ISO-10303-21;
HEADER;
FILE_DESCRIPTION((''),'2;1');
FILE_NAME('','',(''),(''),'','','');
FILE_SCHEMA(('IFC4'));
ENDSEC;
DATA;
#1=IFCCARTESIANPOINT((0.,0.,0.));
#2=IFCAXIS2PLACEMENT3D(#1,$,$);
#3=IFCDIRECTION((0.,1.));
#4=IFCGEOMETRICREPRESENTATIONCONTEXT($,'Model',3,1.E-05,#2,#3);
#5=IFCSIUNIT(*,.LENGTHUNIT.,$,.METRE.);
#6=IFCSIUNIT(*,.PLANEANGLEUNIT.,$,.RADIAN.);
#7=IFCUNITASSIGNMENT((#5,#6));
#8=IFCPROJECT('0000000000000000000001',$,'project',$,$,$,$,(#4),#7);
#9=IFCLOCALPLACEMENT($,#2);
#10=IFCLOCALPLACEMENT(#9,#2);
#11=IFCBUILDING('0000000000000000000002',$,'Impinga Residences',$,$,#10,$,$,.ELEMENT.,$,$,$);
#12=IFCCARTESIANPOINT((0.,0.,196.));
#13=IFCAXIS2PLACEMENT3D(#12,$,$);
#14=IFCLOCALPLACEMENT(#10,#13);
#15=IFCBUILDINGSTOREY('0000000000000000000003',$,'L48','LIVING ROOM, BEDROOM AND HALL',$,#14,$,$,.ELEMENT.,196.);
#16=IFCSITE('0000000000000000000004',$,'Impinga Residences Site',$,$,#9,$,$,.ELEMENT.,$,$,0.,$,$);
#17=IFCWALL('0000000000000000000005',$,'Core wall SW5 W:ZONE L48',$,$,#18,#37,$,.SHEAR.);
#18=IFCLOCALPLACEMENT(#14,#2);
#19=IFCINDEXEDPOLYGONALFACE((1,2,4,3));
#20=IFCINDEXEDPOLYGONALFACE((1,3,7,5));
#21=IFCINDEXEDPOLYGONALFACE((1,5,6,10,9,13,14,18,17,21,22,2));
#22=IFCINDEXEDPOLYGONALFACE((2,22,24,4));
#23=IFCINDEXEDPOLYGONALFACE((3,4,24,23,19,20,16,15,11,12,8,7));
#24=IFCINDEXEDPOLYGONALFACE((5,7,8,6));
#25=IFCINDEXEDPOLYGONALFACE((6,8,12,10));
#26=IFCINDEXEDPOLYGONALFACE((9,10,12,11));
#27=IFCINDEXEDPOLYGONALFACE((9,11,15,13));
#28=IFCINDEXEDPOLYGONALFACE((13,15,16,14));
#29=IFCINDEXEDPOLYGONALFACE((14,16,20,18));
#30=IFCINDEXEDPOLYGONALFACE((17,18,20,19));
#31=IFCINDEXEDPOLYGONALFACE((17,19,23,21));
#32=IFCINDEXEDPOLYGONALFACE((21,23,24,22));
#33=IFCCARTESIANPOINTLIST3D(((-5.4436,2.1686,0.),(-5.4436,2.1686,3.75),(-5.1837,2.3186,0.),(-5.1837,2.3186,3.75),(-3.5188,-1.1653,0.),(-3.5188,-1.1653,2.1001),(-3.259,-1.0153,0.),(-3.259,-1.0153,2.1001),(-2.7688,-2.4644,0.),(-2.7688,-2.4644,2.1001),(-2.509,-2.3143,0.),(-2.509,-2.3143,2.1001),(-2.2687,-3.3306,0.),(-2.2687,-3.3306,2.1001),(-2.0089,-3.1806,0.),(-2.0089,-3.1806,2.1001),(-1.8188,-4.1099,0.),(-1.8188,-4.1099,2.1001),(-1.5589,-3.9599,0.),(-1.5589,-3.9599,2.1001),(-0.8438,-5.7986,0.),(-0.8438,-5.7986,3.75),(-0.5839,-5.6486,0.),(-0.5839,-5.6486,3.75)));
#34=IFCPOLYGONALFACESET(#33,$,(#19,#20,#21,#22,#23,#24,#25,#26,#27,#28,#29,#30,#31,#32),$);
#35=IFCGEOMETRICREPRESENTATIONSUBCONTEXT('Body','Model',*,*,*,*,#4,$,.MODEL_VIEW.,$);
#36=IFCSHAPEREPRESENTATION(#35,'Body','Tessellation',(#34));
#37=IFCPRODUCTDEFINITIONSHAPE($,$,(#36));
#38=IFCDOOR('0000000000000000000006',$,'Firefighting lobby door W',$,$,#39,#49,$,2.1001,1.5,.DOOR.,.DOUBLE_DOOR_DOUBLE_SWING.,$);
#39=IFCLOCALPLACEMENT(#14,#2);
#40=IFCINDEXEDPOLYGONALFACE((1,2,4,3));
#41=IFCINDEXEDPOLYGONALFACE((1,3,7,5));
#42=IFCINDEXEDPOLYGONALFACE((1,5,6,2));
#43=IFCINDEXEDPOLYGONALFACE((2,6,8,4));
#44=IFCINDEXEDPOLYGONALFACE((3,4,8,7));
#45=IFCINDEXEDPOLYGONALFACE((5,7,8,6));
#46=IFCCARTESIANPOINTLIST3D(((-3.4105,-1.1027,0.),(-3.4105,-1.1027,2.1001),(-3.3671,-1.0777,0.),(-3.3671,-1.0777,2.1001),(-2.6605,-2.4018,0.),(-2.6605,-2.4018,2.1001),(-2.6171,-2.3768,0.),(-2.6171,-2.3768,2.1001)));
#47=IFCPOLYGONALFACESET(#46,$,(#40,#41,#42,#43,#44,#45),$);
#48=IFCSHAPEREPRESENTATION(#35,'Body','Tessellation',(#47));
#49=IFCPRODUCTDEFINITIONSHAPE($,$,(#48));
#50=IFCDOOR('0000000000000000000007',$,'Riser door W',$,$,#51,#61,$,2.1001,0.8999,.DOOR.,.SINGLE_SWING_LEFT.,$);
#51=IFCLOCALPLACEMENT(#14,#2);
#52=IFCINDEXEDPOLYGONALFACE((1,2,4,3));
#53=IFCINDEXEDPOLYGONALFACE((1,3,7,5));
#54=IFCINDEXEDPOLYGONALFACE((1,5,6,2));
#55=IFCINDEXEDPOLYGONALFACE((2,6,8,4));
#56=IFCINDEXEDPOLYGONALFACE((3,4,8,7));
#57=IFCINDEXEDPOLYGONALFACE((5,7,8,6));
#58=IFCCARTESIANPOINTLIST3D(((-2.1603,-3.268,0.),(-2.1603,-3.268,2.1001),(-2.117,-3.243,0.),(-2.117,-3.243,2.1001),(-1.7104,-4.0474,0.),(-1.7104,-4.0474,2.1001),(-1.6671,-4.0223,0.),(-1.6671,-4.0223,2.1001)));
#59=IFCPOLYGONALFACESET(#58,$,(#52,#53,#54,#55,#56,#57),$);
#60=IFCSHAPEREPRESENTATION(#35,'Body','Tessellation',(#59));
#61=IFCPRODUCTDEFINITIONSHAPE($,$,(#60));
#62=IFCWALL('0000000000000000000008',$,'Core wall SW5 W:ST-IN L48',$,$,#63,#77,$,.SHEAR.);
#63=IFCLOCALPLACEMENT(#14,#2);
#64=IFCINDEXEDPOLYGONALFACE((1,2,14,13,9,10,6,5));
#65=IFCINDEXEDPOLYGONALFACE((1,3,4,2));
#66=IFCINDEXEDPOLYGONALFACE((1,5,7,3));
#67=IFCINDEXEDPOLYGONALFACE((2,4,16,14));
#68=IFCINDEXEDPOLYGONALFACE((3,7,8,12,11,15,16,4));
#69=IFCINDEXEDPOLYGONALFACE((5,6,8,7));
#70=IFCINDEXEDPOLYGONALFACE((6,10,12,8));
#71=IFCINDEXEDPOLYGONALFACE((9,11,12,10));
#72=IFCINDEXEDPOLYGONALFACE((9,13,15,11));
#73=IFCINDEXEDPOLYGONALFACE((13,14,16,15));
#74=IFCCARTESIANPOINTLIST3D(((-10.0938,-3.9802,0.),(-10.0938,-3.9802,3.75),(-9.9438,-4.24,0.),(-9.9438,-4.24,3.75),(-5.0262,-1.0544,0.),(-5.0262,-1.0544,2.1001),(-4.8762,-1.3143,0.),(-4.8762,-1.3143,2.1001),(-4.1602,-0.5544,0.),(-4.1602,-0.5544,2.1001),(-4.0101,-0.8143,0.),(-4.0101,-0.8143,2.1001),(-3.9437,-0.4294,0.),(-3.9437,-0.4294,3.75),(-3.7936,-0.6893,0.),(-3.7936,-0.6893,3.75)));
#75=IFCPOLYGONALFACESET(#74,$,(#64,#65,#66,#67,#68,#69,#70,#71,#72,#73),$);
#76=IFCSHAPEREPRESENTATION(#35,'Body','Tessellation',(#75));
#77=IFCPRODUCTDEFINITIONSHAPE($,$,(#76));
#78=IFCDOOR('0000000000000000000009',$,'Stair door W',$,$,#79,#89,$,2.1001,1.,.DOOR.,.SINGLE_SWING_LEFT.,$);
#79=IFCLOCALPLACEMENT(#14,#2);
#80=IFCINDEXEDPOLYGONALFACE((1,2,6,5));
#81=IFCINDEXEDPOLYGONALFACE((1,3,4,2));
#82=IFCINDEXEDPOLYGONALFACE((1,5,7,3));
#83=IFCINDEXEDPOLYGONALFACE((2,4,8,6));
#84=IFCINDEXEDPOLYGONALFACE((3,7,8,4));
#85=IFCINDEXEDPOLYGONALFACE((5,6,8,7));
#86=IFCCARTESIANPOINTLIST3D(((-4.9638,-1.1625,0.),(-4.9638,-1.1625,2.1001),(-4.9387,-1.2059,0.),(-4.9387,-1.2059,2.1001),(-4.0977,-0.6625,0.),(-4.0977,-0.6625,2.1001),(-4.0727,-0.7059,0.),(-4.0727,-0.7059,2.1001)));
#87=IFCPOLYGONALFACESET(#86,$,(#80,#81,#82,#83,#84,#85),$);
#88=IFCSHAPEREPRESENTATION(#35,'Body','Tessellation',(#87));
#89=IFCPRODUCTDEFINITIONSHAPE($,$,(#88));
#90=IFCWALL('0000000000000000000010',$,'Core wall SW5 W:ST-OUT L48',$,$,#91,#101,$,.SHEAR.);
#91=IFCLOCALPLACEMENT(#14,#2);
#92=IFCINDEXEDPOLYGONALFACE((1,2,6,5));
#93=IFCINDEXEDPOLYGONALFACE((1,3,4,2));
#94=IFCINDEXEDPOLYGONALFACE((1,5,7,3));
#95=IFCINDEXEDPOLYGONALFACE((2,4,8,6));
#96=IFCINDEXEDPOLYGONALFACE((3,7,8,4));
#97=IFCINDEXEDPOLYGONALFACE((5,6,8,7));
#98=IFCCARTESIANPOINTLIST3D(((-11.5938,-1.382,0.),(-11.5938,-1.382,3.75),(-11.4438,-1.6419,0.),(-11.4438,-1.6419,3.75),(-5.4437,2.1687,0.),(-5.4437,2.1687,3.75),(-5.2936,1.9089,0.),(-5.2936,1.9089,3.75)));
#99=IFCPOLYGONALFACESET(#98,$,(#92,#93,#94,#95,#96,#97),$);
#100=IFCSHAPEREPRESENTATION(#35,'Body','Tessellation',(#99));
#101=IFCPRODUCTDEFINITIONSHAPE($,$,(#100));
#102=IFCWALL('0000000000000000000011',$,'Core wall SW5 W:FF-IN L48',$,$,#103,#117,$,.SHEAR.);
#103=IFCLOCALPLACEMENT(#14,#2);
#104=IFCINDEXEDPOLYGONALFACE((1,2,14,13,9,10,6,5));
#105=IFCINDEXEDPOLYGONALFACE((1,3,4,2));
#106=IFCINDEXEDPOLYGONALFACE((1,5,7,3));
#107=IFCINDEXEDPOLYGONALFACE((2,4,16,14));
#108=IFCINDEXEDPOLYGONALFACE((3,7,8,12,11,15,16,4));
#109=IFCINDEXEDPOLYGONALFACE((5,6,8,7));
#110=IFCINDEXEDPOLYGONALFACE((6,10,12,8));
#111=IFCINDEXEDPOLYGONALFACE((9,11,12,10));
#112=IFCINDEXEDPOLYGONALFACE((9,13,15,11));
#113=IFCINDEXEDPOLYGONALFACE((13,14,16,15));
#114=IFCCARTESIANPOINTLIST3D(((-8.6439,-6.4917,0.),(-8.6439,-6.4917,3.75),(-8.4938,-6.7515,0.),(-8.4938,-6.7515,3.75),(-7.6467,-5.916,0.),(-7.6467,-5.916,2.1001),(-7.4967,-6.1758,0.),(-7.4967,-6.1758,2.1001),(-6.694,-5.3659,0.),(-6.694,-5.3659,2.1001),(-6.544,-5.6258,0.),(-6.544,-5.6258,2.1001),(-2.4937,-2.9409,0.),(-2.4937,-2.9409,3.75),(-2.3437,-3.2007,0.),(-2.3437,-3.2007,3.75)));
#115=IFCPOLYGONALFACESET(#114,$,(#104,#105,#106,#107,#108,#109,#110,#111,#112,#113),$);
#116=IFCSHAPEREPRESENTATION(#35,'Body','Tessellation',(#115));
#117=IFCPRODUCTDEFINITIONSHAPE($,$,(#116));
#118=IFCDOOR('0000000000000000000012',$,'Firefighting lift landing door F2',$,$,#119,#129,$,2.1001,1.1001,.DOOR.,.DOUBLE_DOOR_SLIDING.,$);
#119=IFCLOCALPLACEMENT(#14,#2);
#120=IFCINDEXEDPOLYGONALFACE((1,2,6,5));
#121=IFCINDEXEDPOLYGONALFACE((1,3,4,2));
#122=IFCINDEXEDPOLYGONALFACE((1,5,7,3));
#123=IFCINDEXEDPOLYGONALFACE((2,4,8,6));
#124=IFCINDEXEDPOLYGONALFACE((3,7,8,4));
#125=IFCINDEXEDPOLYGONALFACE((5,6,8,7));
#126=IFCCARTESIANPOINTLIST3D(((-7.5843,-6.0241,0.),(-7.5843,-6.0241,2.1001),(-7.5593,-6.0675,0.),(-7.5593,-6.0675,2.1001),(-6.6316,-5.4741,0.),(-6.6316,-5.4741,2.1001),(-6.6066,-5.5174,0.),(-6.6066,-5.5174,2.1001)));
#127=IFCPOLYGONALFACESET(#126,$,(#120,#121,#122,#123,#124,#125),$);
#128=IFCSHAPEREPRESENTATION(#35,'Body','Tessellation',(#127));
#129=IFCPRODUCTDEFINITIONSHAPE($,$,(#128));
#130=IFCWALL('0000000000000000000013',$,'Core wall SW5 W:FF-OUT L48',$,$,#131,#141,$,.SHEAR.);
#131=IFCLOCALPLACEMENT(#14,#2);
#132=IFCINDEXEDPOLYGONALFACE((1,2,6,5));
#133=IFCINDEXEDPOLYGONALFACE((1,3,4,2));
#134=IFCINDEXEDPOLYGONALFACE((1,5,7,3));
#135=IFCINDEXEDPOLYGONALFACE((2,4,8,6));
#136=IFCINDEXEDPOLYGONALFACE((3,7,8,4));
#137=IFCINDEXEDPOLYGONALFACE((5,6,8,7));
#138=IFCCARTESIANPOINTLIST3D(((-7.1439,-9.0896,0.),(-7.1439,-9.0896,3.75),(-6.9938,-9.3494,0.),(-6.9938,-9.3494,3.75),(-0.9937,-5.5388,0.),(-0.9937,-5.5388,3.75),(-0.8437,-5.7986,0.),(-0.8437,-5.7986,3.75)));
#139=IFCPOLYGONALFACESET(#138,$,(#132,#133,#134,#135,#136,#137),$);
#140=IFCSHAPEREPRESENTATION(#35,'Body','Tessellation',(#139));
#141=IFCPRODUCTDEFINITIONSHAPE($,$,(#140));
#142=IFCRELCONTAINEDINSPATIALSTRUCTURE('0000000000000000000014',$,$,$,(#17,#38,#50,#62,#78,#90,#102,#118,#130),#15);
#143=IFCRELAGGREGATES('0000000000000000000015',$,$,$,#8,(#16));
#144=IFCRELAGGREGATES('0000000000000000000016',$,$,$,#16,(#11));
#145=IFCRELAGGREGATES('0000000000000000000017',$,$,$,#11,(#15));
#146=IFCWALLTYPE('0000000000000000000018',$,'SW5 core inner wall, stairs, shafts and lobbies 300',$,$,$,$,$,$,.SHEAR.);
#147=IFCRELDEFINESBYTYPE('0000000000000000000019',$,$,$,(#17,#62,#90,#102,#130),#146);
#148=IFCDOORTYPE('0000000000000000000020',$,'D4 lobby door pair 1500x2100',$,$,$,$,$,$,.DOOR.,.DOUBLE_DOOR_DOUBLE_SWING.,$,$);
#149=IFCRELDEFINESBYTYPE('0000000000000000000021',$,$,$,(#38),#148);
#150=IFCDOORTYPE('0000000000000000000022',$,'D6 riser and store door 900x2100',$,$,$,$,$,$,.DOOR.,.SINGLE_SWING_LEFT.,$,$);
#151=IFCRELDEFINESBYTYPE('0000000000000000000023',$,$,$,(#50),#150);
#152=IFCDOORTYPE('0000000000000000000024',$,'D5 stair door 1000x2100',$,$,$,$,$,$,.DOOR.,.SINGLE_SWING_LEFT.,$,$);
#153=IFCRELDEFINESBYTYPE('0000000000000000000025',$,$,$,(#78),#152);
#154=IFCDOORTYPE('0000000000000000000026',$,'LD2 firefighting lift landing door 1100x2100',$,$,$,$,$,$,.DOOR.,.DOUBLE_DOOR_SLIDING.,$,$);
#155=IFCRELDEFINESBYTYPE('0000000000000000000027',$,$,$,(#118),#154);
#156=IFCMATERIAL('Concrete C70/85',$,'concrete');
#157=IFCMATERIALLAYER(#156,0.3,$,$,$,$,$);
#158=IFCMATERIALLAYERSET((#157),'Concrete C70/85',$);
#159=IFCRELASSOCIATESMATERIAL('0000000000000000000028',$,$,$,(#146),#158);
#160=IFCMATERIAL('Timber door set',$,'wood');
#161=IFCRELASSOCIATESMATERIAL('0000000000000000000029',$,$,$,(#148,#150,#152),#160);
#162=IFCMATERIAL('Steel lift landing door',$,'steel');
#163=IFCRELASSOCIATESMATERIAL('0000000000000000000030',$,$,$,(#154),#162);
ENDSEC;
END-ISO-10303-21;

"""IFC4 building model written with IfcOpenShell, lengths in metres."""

from ifc_helpers import new_model, si_unit, direction, frame, frame_2d, origin, place, context, subcontext, project, spatial, rectangle, extrude, material, layer, layer_set, type_object, element, fill, save


model = new_model("IFC4")

# Units and contexts
model_context = context("Model", 3, precision=1e-05, world=origin(), true_north=direction((0.0, 1.0)))
body_context = subcontext(model_context, "Body", "Model", "MODEL_VIEW")
ifc_project = project(units=[si_unit("LENGTHUNIT", "METRE"), si_unit("PLANEANGLEUNIT", "RADIAN")], contexts=[model_context])

# Site, building, storey
site_placement = place(None, origin())
site = spatial("IfcSite", under=ifc_project, at=site_placement, Name="Impinga Residences Site", CompositionType="ELEMENT", RefElevation=0.0)
building_placement = place(site_placement, origin())
building = spatial("IfcBuilding", under=site, at=building_placement, Name="Impinga Residences", CompositionType="ELEMENT")
storey_placement = place(building_placement, frame((0.0, 0.0, 196.0)))
storey = spatial("IfcBuildingStorey", under=building, at=storey_placement, Name="L48", Description="LIVING ROOM, BEDROOM AND HALL", CompositionType="ELEMENT", Elevation=196.0)

# Wall, openings, doors
ifc_material_1 = material(Name="Concrete C70/85", Category="concrete")
ifc_layer_1 = layer(ifc_material_1, 0.3)
ifc_layer_set_1 = layer_set([ifc_layer_1], Name="Concrete C70/85")
wall_type_1 = type_object("IfcWallType", Name="SW5 core inner wall, stairs, shafts and lobbies 300", PredefinedType="SHEAR", material=ifc_layer_set_1)
ifc_material_2 = material(Name="Timber door set", Category="wood")
door_type_1 = type_object("IfcDoorType", Name="D4 lobby door pair 1500x2100", OperationType="DOUBLE_DOOR_DOUBLE_SWING", PredefinedType="DOOR", material=ifc_material_2)
door_type_2 = type_object("IfcDoorType", Name="D6 riser and store door 900x2100", OperationType="SINGLE_SWING_LEFT", PredefinedType="DOOR", material=ifc_material_2)
wall_1_placement = place(storey_placement, frame((-0.7139, -5.7236, 0.0), z_axis=(0.0, 0.0, 1.0), x_axis=(-0.499995, 0.866028, 0.0)))
wall_1 = element("IfcWall", 1, at=wall_1_placement, inside=storey, type_object=wall_type_1, Name="Core wall SW5 W:ZONE L48", PredefinedType="SHEAR", context=body_context, shape_type="SweptSolid", body=[
    extrude(rectangle(XDim=9.1997, YDim=0.3, at=frame_2d((4.5999, 0.0))), origin(), (0.0, 0.0, 1.0), 3.75),
])
opening_1_placement = place(wall_1_placement, frame((3.8501, 0.0, 0.0)))
opening_1 = element("IfcOpeningElement", 2, at=opening_1_placement, cuts=wall_1, PredefinedType="OPENING", context=body_context, shape_type="SweptSolid", body=[
    extrude(rectangle(XDim=1.5, YDim=2.1001, at=frame_2d((0.75, 1.05))), frame((0.0, 0.1599, 0.0), z_axis=(0.0, -1.0, 0.0), x_axis=(1.0, 0.0, 0.0)), (0.0, 0.0, 1.0), 0.3201),
])
opening_2_placement = place(wall_1_placement, frame((1.95, 0.0, 0.0)))
opening_2 = element("IfcOpeningElement", 3, at=opening_2_placement, cuts=wall_1, PredefinedType="OPENING", context=body_context, shape_type="SweptSolid", body=[
    extrude(rectangle(XDim=0.8999, YDim=2.1001, at=frame_2d((0.45, 1.05))), frame((0.0, 0.1599, 0.0), z_axis=(0.0, -1.0, 0.0), x_axis=(1.0, 0.0, 0.0)), (0.0, 0.0, 1.0), 0.3201),
])
door_1_placement = place(opening_1_placement, origin())
door_1 = element("IfcDoor", 4, at=door_1_placement, inside=storey, type_object=door_type_1, Name="Firefighting lobby door W", OperationType="DOUBLE_DOOR_DOUBLE_SWING", OverallHeight=2.1001, OverallWidth=1.5, PredefinedType="DOOR", context=body_context, shape_type="SweptSolid", body=[
    extrude(rectangle(XDim=1.5, YDim=2.1001, at=frame_2d((0.75, 1.05))), frame((0.0, 0.0249, 0.0), z_axis=(0.0, -1.0, 0.0), x_axis=(1.0, 0.0, 0.0)), (0.0, 0.0, 1.0), 0.05),
])
fill(opening_1, door_1)
door_2_placement = place(opening_2_placement, origin())
door_2 = element("IfcDoor", 5, at=door_2_placement, inside=storey, type_object=door_type_2, Name="Riser door W", OperationType="SINGLE_SWING_LEFT", OverallHeight=2.1001, OverallWidth=0.8999, PredefinedType="DOOR", context=body_context, shape_type="SweptSolid", body=[
    extrude(rectangle(XDim=0.8999, YDim=2.1001, at=frame_2d((0.45, 1.05))), frame((0.0, 0.0249, 0.0), z_axis=(0.0, -1.0, 0.0), x_axis=(1.0, 0.0, 0.0)), (0.0, 0.0, 1.0), 0.05),
])
fill(opening_2, door_2)

# Wall, opening, door
wall_2_placement = place(storey_placement, frame((-3.8687, -0.5593, 0.0), z_axis=(0.0, 0.0, 1.0), x_axis=(-0.866026, -0.499999, 0.0)))
wall_2 = element("IfcWall", 6, at=wall_2_placement, inside=storey, type_object=wall_type_1, Name="Core wall SW5 W:ST-IN L48", PredefinedType="SHEAR", context=body_context, shape_type="SweptSolid", body=[
    extrude(rectangle(XDim=7.1016, YDim=0.3, at=frame_2d((3.5508, 0.0))), origin(), (0.0, 0.0, 1.0), 3.75),
])
opening_3_placement = place(wall_2_placement, frame((0.25, 0.0, 0.0)))
opening_3 = element("IfcOpeningElement", 7, at=opening_3_placement, cuts=wall_2, PredefinedType="OPENING", context=body_context, shape_type="SweptSolid", body=[
    extrude(rectangle(XDim=1.0, YDim=2.1001, at=frame_2d((0.5, 1.05))), frame((0.0, 0.1599, 0.0), z_axis=(0.0, -1.0, 0.0), x_axis=(1.0, 0.0, 0.0)), (0.0, 0.0, 1.0), 0.3201),
])
door_type_3 = type_object("IfcDoorType", Name="D5 stair door 1000x2100", OperationType="SINGLE_SWING_LEFT", PredefinedType="DOOR", material=ifc_material_2)
door_3_placement = place(opening_3_placement, origin())
door_3 = element("IfcDoor", 8, at=door_3_placement, inside=storey, type_object=door_type_3, Name="Stair door W", OperationType="SINGLE_SWING_LEFT", OverallHeight=2.1001, OverallWidth=1.0, PredefinedType="DOOR", context=body_context, shape_type="SweptSolid", body=[
    extrude(rectangle(XDim=1.0, YDim=2.1001, at=frame_2d((0.5, 1.05))), frame((0.0, 0.0249, 0.0), z_axis=(0.0, -1.0, 0.0), x_axis=(1.0, 0.0, 0.0)), (0.0, 0.0, 1.0), 0.05),
])
fill(opening_3, door_3)

# Wall
wall_3_placement = place(storey_placement, frame((-5.3687, 2.0388, 0.0), z_axis=(0.0, 0.0, 1.0), x_axis=(-0.866026, -0.499999, 0.0)))
element("IfcWall", 9, at=wall_3_placement, inside=storey, type_object=wall_type_1, Name="Core wall SW5 W:ST-OUT L48", PredefinedType="SHEAR", context=body_context, shape_type="SweptSolid", body=[
    extrude(rectangle(XDim=7.1016, YDim=0.3, at=frame_2d((3.5508, 0.0))), origin(), (0.0, 0.0, 1.0), 3.75),
])

# Wall, opening, door
wall_4_placement = place(storey_placement, frame((-2.4187, -3.0708, 0.0), z_axis=(0.0, 0.0, 1.0), x_axis=(-0.866026, -0.499999, 0.0)))
wall_4 = element("IfcWall", 10, at=wall_4_placement, inside=storey, type_object=wall_type_1, Name="Core wall SW5 W:FF-IN L48", PredefinedType="SHEAR", context=body_context, shape_type="SweptSolid", body=[
    extrude(rectangle(XDim=7.1016, YDim=0.3, at=frame_2d((3.5508, 0.0))), origin(), (0.0, 0.0, 1.0), 3.75),
])
opening_4_placement = place(wall_4_placement, frame((4.8501, 0.0, 0.0)))
opening_4 = element("IfcOpeningElement", 11, at=opening_4_placement, cuts=wall_4, PredefinedType="OPENING", context=body_context, shape_type="SweptSolid", body=[
    extrude(rectangle(XDim=1.1001, YDim=2.1001, at=frame_2d((0.55, 1.05))), frame((0.0, 0.1599, 0.0), z_axis=(0.0, -1.0, 0.0), x_axis=(1.0, 0.0, 0.0)), (0.0, 0.0, 1.0), 0.3201),
])
ifc_material_3 = material(Name="Steel lift landing door", Category="steel")
door_type_4 = type_object("IfcDoorType", Name="LD2 firefighting lift landing door 1100x2100", OperationType="DOUBLE_DOOR_SLIDING", PredefinedType="DOOR", material=ifc_material_3)
door_4_placement = place(opening_4_placement, origin())
door_4 = element("IfcDoor", 12, at=door_4_placement, inside=storey, type_object=door_type_4, Name="Firefighting lift landing door F2", OperationType="DOUBLE_DOOR_SLIDING", OverallHeight=2.1001, OverallWidth=1.1001, PredefinedType="DOOR", context=body_context, shape_type="SweptSolid", body=[
    extrude(rectangle(XDim=1.1001, YDim=2.1001, at=frame_2d((0.55, 1.05))), frame((0.0, 0.0249, 0.0), z_axis=(0.0, -1.0, 0.0), x_axis=(1.0, 0.0, 0.0)), (0.0, 0.0, 1.0), 0.05),
])
fill(opening_4, door_4)

# Wall
wall_5_placement = place(storey_placement, frame((-0.9187, -5.6687, 0.0), z_axis=(0.0, 0.0, 1.0), x_axis=(-0.866026, -0.499999, 0.0)))
element("IfcWall", 13, at=wall_5_placement, inside=storey, type_object=wall_type_1, Name="Core wall SW5 W:FF-OUT L48", PredefinedType="SHEAR", context=body_context, shape_type="SweptSolid", body=[
    extrude(rectangle(XDim=7.1016, YDim=0.3, at=frame_2d((3.5508, 0.0))), origin(), (0.0, 0.0, 1.0), 3.75),
])

save(model, "model.ifc")
